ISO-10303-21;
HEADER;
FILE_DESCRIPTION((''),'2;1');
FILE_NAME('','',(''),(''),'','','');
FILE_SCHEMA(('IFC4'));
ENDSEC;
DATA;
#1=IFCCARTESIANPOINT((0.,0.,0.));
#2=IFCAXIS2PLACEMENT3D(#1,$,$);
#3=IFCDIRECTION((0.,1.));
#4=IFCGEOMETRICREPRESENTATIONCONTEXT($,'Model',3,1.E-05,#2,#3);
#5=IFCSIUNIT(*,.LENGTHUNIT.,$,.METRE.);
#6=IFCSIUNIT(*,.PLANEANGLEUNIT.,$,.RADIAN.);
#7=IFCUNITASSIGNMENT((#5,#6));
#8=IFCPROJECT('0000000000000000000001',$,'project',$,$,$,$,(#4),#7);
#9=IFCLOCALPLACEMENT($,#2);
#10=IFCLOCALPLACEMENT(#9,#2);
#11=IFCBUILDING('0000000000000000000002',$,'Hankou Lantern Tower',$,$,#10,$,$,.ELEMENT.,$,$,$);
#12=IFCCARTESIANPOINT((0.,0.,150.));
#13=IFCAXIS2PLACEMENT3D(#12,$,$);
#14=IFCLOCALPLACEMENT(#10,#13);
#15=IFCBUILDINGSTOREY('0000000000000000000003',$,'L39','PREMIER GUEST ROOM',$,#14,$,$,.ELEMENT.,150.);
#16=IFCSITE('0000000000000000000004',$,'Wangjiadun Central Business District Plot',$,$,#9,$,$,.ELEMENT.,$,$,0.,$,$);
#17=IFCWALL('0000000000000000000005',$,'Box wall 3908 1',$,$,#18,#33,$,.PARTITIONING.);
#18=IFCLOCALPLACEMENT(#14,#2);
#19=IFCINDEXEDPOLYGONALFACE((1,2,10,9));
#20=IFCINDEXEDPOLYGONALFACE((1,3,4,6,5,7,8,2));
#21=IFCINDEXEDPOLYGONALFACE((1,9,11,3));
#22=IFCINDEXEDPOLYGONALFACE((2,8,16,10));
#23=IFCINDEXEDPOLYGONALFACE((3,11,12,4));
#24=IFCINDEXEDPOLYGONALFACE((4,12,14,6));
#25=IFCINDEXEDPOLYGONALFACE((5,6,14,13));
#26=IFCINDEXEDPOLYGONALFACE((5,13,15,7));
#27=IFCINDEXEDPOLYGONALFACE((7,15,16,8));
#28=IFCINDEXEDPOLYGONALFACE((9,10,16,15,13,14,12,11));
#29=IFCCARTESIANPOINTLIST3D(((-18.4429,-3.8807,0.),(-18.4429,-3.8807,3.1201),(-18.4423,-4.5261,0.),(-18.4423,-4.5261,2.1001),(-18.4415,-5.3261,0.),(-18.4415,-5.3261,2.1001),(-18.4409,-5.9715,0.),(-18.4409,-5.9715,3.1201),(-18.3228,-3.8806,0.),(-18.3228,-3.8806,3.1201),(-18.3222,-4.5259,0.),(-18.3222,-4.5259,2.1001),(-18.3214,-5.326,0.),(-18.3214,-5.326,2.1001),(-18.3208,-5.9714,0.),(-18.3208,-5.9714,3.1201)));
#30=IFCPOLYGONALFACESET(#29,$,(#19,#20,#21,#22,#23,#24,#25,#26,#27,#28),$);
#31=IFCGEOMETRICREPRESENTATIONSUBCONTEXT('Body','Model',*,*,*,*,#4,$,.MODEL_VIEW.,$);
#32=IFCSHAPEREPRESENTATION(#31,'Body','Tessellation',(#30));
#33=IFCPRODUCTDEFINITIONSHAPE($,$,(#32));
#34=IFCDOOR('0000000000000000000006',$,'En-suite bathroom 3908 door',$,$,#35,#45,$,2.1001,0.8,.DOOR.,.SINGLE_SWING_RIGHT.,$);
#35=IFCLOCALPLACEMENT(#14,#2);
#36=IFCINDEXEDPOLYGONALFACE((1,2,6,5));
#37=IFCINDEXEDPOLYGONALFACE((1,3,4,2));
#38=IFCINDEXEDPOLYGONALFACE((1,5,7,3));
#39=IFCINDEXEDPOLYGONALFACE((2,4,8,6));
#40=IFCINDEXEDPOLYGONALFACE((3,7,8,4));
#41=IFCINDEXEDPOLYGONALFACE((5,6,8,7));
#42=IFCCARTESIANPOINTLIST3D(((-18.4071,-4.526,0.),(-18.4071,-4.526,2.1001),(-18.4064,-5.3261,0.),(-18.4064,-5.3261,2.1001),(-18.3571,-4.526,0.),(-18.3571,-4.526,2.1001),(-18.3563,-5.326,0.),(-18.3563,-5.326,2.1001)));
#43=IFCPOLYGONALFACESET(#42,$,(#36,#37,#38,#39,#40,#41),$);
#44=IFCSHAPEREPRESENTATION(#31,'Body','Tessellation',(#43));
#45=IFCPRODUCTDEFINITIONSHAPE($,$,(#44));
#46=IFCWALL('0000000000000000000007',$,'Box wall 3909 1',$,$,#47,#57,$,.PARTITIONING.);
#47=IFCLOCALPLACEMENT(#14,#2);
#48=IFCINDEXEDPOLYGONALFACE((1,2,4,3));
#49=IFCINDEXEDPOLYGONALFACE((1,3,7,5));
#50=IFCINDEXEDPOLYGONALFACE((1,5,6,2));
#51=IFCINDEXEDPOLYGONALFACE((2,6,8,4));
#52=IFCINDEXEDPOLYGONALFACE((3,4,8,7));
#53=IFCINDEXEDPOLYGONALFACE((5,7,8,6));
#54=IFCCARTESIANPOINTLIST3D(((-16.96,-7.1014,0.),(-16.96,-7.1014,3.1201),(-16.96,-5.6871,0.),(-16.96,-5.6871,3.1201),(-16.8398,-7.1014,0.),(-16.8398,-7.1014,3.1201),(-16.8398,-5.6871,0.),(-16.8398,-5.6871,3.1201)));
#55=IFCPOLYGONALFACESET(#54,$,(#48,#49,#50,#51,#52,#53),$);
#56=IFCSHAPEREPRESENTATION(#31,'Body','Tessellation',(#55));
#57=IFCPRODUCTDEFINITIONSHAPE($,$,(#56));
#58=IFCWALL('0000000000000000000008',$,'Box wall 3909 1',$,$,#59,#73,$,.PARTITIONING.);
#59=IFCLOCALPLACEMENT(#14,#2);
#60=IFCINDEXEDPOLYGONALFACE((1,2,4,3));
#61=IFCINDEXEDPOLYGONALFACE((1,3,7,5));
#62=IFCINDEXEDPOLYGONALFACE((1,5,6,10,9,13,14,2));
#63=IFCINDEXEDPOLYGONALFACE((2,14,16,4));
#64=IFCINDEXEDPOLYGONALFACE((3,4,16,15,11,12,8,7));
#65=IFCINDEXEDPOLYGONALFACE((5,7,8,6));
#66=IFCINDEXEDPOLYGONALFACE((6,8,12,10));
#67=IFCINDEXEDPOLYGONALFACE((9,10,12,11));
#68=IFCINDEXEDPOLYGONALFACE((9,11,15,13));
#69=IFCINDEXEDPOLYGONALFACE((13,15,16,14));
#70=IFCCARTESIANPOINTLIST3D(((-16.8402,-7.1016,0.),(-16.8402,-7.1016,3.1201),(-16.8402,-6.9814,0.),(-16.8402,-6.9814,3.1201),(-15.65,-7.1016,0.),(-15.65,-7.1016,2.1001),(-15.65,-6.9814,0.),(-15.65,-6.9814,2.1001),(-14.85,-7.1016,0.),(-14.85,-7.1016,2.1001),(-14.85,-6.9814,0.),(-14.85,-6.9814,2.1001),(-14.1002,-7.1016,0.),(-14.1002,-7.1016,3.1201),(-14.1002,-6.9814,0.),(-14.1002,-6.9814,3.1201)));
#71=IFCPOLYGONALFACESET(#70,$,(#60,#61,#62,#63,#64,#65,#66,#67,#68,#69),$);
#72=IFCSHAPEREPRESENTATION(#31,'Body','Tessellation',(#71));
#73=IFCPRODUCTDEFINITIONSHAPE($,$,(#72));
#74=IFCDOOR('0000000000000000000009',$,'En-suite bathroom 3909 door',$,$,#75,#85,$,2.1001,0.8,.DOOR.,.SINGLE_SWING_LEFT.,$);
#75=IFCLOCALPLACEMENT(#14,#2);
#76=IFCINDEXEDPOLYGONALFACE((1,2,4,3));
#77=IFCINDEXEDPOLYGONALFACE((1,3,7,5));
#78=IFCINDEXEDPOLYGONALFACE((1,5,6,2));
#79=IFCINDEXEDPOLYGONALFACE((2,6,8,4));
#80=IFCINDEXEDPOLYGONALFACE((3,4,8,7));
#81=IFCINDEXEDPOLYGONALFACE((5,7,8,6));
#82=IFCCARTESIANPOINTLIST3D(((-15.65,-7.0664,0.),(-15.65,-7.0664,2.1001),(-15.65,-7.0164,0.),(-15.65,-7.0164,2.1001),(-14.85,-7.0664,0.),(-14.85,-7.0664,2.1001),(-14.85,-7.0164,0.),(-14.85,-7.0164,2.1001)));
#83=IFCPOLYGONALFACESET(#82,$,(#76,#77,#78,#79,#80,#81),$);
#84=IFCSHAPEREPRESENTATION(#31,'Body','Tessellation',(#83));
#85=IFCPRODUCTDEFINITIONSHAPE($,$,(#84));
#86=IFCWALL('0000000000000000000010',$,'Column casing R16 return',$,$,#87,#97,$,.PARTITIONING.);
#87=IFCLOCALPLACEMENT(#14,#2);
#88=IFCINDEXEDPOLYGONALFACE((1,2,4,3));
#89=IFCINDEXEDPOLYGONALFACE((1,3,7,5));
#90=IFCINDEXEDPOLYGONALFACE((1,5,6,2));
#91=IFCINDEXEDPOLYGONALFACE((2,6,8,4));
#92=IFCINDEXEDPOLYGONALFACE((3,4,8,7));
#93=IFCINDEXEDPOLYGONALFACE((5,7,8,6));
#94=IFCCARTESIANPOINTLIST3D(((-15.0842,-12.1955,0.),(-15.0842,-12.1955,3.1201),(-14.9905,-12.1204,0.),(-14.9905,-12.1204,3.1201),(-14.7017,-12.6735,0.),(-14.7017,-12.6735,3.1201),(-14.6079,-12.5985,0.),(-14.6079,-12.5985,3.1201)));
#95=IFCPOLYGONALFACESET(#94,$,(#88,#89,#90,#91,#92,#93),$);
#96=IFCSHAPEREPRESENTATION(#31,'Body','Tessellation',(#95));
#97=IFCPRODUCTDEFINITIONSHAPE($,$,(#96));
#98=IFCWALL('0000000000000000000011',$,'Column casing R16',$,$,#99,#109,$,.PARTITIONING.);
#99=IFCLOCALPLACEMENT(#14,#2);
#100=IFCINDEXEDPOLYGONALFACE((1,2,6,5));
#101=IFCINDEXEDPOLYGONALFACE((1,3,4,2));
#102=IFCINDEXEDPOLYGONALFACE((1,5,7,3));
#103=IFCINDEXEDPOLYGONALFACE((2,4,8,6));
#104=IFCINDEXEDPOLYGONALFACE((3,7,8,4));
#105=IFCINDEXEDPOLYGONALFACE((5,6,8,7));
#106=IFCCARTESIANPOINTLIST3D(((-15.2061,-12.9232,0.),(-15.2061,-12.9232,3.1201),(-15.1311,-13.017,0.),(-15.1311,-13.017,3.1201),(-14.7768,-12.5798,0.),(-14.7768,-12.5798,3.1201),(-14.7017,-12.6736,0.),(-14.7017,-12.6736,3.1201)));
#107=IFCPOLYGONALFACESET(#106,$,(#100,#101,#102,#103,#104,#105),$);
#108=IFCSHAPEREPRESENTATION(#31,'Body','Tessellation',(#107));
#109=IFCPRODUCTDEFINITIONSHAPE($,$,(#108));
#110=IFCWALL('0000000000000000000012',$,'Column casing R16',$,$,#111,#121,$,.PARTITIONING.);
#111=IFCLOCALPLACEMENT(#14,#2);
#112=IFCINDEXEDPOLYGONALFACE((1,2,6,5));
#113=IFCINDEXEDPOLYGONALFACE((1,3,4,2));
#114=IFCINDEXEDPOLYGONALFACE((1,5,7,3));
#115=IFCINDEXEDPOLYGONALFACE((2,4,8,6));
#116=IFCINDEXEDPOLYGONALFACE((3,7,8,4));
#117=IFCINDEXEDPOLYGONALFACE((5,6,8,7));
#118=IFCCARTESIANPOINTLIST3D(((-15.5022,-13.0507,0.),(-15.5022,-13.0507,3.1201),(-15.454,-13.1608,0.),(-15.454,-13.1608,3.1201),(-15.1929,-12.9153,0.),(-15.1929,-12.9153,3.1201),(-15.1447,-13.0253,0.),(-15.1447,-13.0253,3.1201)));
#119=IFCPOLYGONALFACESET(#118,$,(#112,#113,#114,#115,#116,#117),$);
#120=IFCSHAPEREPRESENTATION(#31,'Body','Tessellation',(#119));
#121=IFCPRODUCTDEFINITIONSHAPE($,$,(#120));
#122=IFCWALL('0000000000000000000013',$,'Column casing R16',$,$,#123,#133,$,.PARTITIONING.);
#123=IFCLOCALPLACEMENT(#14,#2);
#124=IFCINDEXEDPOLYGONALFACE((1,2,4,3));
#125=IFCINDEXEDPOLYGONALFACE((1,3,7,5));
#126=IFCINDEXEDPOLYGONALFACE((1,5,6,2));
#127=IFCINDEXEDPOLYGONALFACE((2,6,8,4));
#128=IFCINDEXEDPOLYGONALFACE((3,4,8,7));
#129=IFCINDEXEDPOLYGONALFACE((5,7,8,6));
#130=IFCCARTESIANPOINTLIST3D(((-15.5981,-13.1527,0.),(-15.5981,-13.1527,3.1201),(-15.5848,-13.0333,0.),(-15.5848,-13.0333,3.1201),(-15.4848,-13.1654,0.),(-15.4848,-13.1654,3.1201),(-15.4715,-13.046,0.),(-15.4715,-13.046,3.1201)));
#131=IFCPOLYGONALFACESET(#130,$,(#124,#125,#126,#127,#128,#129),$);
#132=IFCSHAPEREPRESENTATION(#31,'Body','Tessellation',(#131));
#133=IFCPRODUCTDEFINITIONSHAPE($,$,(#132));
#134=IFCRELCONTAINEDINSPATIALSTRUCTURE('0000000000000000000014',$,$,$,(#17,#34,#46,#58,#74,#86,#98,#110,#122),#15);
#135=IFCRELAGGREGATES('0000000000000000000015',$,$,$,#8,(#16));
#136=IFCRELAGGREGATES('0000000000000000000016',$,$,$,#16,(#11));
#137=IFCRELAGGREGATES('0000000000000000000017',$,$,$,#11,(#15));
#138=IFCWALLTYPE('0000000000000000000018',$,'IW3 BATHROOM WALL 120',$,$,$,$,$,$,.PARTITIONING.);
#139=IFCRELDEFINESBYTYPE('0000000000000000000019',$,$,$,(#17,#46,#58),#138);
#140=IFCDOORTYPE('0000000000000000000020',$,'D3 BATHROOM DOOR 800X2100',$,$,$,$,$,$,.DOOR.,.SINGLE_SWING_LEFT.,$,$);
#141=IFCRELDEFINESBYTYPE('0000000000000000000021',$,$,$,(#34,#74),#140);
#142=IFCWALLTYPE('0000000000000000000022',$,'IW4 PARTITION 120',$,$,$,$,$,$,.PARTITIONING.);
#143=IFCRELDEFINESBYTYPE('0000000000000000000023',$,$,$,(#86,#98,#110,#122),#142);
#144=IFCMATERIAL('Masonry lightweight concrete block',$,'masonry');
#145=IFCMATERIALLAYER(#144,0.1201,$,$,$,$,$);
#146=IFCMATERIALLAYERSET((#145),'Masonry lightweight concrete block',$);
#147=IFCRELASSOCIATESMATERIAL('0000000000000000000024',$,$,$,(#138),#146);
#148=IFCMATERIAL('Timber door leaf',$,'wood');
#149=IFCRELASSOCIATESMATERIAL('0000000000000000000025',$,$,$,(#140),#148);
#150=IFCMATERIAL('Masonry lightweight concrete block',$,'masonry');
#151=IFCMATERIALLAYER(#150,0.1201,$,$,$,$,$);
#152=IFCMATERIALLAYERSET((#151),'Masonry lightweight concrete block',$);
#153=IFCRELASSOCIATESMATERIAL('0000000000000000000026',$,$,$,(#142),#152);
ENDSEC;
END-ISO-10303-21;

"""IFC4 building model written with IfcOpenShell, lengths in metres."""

from ifc_helpers import new_model, si_unit, direction, frame, frame_2d, origin, place, context, subcontext, project, spatial, rectangle, extrude, material, layer, layer_set, type_object, element, fill, save


model = new_model("IFC4")

# Units and contexts
model_context = context("Model", 3, precision=1e-05, world=origin(), true_north=direction((0.0, 1.0)))
body_context = subcontext(model_context, "Body", "Model", "MODEL_VIEW")
ifc_project = project(units=[si_unit("LENGTHUNIT", "METRE"), si_unit("PLANEANGLEUNIT", "RADIAN")], contexts=[model_context])

# Site, building, storey
site_placement = place(None, origin())
site = spatial("IfcSite", under=ifc_project, at=site_placement, Name="Wangjiadun Central Business District Plot", CompositionType="ELEMENT", RefElevation=0.0)
building_placement = place(site_placement, origin())
building = spatial("IfcBuilding", under=site, at=building_placement, Name="Hankou Lantern Tower", CompositionType="ELEMENT")
storey_placement = place(building_placement, frame((0.0, 0.0, 150.0)))
storey = spatial("IfcBuildingStorey", under=building, at=storey_placement, Name="L39", Description="PREMIER GUEST ROOM", CompositionType="ELEMENT", Elevation=150.0)

# Wall, opening, door
ifc_material_1 = material(Name="Masonry lightweight concrete block", Category="masonry")
ifc_layer_1 = layer(ifc_material_1, 0.1201)
ifc_layer_set_1 = layer_set([ifc_layer_1], Name="Masonry lightweight concrete block")
wall_type_1 = type_object("IfcWallType", Name="IW3 BATHROOM WALL 120", PredefinedType="PARTITIONING", material=ifc_layer_set_1)
wall_1_placement = place(storey_placement, frame((-18.3809, -5.9714, 0.0), z_axis=(0.0, 0.0, 1.0), x_axis=(-0.000934, 1.0, 0.0)))
wall_1 = element("IfcWall", 1, at=wall_1_placement, inside=storey, type_object=wall_type_1, Name="Box wall 3908 1", PredefinedType="PARTITIONING", context=body_context, shape_type="SweptSolid", body=[
    extrude(rectangle(XDim=2.0908, YDim=0.1201, at=frame_2d((1.0454, 0.0))), origin(), (0.0, 0.0, 1.0), 3.1201),
])
opening_1_placement = place(wall_1_placement, frame((0.6455, 0.0, 0.0)))
opening_1 = element("IfcOpeningElement", 2, at=opening_1_placement, cuts=wall_1, PredefinedType="OPENING", context=body_context, shape_type="SweptSolid", body=[
    extrude(rectangle(XDim=0.8, YDim=2.1001, at=frame_2d((0.3999, 1.05))), frame((0.0, 0.0701, 0.0), z_axis=(0.0, -1.0, 0.0), x_axis=(1.0, 0.0, 0.0)), (0.0, 0.0, 1.0), 0.1401),
])
ifc_material_2 = material(Name="Timber door leaf", Category="wood")
door_type = type_object("IfcDoorType", Name="D3 BATHROOM DOOR 800X2100", OperationType="SINGLE_SWING_LEFT", PredefinedType="DOOR", material=ifc_material_2)
door_1_placement = place(opening_1_placement, origin())
door_1 = element("IfcDoor", 3, at=door_1_placement, inside=storey, type_object=door_type, Name="En-suite bathroom 3908 door", OperationType="SINGLE_SWING_RIGHT", OverallHeight=2.1001, OverallWidth=0.8, PredefinedType="DOOR", context=body_context, shape_type="SweptSolid", body=[
    extrude(rectangle(XDim=0.8, YDim=2.1001, at=frame_2d((0.3999, 1.05))), frame((0.0, 0.0249, 0.0), z_axis=(0.0, -1.0, 0.0), x_axis=(1.0, 0.0, 0.0)), (0.0, 0.0, 1.0), 0.05),
])
fill(opening_1, door_1)

# Wall
wall_2_placement = place(storey_placement, frame((-16.8999, -5.6873, 0.0), z_axis=(0.0, 0.0, 1.0), x_axis=(0.0, -1.0, 0.0)))
element("IfcWall", 4, at=wall_2_placement, inside=storey, type_object=wall_type_1, Name="Box wall 3909 1", PredefinedType="PARTITIONING", context=body_context, shape_type="SweptSolid", body=[
    extrude(rectangle(XDim=1.4143, YDim=0.1201, at=frame_2d((0.707, 0.0))), origin(), (0.0, 0.0, 1.0), 3.1201),
])

# Wall, opening, door
wall_3_placement = place(storey_placement, frame((-14.1001, -7.0415, 0.0), z_axis=(0.0, 0.0, 1.0), x_axis=(-1.0, 0.0, 0.0)))
wall_3 = element("IfcWall", 5, at=wall_3_placement, inside=storey, type_object=wall_type_1, Name="Box wall 3909 1", PredefinedType="PARTITIONING", context=body_context, shape_type="SweptSolid", body=[
    extrude(rectangle(XDim=2.74, YDim=0.1201, at=frame_2d((1.3701, 0.0))), origin(), (0.0, 0.0, 1.0), 3.1201),
])
opening_2_placement = place(wall_3_placement, frame((0.75, 0.0, 0.0)))
opening_2 = element("IfcOpeningElement", 6, at=opening_2_placement, cuts=wall_3, PredefinedType="OPENING", context=body_context, shape_type="SweptSolid", body=[
    extrude(rectangle(XDim=0.8, YDim=2.1001, at=frame_2d((0.3999, 1.05))), frame((0.0, 0.0701, 0.0), z_axis=(0.0, -1.0, 0.0), x_axis=(1.0, 0.0, 0.0)), (0.0, 0.0, 1.0), 0.1401),
])
door_2_placement = place(opening_2_placement, origin())
door_2 = element("IfcDoor", 7, at=door_2_placement, inside=storey, type_object=door_type, Name="En-suite bathroom 3909 door", OperationType="SINGLE_SWING_LEFT", OverallHeight=2.1001, OverallWidth=0.8, PredefinedType="DOOR", context=body_context, shape_type="SweptSolid", body=[
    extrude(rectangle(XDim=0.8, YDim=2.1001, at=frame_2d((0.3999, 1.05))), frame((0.0, 0.0249, 0.0), z_axis=(0.0, -1.0, 0.0), x_axis=(1.0, 0.0, 0.0)), (0.0, 0.0, 1.0), 0.05),
])
fill(opening_2, door_2)

# Walls
ifc_material_3 = material(Name="Masonry lightweight concrete block", Category="masonry")
ifc_layer_2 = layer(ifc_material_3, 0.1201)
ifc_layer_set_2 = layer_set([ifc_layer_2], Name="Masonry lightweight concrete block")
wall_type_2 = type_object("IfcWallType", Name="IW4 PARTITION 120", PredefinedType="PARTITIONING", material=ifc_layer_set_2)
wall_4_placement = place(storey_placement, frame((-15.0374, -12.158, 0.0), z_axis=(0.0, 0.0, 1.0), x_axis=(0.624841, -0.780752, 0.0)))
element("IfcWall", 8, at=wall_4_placement, inside=storey, type_object=wall_type_2, Name="Column casing R16 return", PredefinedType="PARTITIONING", context=body_context, shape_type="SweptSolid", body=[
    extrude(rectangle(XDim=0.6123, YDim=0.1201, at=frame_2d((0.3062, 0.0))), origin(), (0.0, 0.0, 1.0), 3.1201),
])
wall_5_placement = place(storey_placement, frame((-14.7393, -12.6267, 0.0), z_axis=(0.0, 0.0, 1.0), x_axis=(-0.780912, -0.624641, 0.0)))
element("IfcWall", 9, at=wall_5_placement, inside=storey, type_object=wall_type_2, Name="Column casing R16", PredefinedType="PARTITIONING", context=body_context, shape_type="SweptSolid", body=[
    extrude(rectangle(XDim=0.5498, YDim=0.1201, at=frame_2d((0.2749, 0.0))), origin(), (0.0, 0.0, 1.0), 3.1201),
])
wall_6_placement = place(storey_placement, frame((-15.1687, -12.9702, 0.0), z_axis=(0.0, 0.0, 1.0), x_axis=(-0.915975, -0.401236, 0.0)))
element("IfcWall", 10, at=wall_6_placement, inside=storey, type_object=wall_type_2, Name="Column casing R16", PredefinedType="PARTITIONING", context=body_context, shape_type="SweptSolid", body=[
    extrude(rectangle(XDim=0.3376, YDim=0.1201, at=frame_2d((0.1689, 0.0))), origin(), (0.0, 0.0, 1.0), 3.1201),
])
wall_7_placement = place(storey_placement, frame((-15.478, -13.1057, 0.0), z_axis=(0.0, 0.0, 1.0), x_axis=(-0.993779, 0.111372, 0.0)))
element("IfcWall", 11, at=wall_7_placement, inside=storey, type_object=wall_type_2, Name="Column casing R16", PredefinedType="PARTITIONING", context=body_context, shape_type="SweptSolid", body=[
    extrude(rectangle(XDim=0.114, YDim=0.1201, at=frame_2d((0.0571, 0.0))), origin(), (0.0, 0.0, 1.0), 3.1201),
])

save(model, "model.ifc")
